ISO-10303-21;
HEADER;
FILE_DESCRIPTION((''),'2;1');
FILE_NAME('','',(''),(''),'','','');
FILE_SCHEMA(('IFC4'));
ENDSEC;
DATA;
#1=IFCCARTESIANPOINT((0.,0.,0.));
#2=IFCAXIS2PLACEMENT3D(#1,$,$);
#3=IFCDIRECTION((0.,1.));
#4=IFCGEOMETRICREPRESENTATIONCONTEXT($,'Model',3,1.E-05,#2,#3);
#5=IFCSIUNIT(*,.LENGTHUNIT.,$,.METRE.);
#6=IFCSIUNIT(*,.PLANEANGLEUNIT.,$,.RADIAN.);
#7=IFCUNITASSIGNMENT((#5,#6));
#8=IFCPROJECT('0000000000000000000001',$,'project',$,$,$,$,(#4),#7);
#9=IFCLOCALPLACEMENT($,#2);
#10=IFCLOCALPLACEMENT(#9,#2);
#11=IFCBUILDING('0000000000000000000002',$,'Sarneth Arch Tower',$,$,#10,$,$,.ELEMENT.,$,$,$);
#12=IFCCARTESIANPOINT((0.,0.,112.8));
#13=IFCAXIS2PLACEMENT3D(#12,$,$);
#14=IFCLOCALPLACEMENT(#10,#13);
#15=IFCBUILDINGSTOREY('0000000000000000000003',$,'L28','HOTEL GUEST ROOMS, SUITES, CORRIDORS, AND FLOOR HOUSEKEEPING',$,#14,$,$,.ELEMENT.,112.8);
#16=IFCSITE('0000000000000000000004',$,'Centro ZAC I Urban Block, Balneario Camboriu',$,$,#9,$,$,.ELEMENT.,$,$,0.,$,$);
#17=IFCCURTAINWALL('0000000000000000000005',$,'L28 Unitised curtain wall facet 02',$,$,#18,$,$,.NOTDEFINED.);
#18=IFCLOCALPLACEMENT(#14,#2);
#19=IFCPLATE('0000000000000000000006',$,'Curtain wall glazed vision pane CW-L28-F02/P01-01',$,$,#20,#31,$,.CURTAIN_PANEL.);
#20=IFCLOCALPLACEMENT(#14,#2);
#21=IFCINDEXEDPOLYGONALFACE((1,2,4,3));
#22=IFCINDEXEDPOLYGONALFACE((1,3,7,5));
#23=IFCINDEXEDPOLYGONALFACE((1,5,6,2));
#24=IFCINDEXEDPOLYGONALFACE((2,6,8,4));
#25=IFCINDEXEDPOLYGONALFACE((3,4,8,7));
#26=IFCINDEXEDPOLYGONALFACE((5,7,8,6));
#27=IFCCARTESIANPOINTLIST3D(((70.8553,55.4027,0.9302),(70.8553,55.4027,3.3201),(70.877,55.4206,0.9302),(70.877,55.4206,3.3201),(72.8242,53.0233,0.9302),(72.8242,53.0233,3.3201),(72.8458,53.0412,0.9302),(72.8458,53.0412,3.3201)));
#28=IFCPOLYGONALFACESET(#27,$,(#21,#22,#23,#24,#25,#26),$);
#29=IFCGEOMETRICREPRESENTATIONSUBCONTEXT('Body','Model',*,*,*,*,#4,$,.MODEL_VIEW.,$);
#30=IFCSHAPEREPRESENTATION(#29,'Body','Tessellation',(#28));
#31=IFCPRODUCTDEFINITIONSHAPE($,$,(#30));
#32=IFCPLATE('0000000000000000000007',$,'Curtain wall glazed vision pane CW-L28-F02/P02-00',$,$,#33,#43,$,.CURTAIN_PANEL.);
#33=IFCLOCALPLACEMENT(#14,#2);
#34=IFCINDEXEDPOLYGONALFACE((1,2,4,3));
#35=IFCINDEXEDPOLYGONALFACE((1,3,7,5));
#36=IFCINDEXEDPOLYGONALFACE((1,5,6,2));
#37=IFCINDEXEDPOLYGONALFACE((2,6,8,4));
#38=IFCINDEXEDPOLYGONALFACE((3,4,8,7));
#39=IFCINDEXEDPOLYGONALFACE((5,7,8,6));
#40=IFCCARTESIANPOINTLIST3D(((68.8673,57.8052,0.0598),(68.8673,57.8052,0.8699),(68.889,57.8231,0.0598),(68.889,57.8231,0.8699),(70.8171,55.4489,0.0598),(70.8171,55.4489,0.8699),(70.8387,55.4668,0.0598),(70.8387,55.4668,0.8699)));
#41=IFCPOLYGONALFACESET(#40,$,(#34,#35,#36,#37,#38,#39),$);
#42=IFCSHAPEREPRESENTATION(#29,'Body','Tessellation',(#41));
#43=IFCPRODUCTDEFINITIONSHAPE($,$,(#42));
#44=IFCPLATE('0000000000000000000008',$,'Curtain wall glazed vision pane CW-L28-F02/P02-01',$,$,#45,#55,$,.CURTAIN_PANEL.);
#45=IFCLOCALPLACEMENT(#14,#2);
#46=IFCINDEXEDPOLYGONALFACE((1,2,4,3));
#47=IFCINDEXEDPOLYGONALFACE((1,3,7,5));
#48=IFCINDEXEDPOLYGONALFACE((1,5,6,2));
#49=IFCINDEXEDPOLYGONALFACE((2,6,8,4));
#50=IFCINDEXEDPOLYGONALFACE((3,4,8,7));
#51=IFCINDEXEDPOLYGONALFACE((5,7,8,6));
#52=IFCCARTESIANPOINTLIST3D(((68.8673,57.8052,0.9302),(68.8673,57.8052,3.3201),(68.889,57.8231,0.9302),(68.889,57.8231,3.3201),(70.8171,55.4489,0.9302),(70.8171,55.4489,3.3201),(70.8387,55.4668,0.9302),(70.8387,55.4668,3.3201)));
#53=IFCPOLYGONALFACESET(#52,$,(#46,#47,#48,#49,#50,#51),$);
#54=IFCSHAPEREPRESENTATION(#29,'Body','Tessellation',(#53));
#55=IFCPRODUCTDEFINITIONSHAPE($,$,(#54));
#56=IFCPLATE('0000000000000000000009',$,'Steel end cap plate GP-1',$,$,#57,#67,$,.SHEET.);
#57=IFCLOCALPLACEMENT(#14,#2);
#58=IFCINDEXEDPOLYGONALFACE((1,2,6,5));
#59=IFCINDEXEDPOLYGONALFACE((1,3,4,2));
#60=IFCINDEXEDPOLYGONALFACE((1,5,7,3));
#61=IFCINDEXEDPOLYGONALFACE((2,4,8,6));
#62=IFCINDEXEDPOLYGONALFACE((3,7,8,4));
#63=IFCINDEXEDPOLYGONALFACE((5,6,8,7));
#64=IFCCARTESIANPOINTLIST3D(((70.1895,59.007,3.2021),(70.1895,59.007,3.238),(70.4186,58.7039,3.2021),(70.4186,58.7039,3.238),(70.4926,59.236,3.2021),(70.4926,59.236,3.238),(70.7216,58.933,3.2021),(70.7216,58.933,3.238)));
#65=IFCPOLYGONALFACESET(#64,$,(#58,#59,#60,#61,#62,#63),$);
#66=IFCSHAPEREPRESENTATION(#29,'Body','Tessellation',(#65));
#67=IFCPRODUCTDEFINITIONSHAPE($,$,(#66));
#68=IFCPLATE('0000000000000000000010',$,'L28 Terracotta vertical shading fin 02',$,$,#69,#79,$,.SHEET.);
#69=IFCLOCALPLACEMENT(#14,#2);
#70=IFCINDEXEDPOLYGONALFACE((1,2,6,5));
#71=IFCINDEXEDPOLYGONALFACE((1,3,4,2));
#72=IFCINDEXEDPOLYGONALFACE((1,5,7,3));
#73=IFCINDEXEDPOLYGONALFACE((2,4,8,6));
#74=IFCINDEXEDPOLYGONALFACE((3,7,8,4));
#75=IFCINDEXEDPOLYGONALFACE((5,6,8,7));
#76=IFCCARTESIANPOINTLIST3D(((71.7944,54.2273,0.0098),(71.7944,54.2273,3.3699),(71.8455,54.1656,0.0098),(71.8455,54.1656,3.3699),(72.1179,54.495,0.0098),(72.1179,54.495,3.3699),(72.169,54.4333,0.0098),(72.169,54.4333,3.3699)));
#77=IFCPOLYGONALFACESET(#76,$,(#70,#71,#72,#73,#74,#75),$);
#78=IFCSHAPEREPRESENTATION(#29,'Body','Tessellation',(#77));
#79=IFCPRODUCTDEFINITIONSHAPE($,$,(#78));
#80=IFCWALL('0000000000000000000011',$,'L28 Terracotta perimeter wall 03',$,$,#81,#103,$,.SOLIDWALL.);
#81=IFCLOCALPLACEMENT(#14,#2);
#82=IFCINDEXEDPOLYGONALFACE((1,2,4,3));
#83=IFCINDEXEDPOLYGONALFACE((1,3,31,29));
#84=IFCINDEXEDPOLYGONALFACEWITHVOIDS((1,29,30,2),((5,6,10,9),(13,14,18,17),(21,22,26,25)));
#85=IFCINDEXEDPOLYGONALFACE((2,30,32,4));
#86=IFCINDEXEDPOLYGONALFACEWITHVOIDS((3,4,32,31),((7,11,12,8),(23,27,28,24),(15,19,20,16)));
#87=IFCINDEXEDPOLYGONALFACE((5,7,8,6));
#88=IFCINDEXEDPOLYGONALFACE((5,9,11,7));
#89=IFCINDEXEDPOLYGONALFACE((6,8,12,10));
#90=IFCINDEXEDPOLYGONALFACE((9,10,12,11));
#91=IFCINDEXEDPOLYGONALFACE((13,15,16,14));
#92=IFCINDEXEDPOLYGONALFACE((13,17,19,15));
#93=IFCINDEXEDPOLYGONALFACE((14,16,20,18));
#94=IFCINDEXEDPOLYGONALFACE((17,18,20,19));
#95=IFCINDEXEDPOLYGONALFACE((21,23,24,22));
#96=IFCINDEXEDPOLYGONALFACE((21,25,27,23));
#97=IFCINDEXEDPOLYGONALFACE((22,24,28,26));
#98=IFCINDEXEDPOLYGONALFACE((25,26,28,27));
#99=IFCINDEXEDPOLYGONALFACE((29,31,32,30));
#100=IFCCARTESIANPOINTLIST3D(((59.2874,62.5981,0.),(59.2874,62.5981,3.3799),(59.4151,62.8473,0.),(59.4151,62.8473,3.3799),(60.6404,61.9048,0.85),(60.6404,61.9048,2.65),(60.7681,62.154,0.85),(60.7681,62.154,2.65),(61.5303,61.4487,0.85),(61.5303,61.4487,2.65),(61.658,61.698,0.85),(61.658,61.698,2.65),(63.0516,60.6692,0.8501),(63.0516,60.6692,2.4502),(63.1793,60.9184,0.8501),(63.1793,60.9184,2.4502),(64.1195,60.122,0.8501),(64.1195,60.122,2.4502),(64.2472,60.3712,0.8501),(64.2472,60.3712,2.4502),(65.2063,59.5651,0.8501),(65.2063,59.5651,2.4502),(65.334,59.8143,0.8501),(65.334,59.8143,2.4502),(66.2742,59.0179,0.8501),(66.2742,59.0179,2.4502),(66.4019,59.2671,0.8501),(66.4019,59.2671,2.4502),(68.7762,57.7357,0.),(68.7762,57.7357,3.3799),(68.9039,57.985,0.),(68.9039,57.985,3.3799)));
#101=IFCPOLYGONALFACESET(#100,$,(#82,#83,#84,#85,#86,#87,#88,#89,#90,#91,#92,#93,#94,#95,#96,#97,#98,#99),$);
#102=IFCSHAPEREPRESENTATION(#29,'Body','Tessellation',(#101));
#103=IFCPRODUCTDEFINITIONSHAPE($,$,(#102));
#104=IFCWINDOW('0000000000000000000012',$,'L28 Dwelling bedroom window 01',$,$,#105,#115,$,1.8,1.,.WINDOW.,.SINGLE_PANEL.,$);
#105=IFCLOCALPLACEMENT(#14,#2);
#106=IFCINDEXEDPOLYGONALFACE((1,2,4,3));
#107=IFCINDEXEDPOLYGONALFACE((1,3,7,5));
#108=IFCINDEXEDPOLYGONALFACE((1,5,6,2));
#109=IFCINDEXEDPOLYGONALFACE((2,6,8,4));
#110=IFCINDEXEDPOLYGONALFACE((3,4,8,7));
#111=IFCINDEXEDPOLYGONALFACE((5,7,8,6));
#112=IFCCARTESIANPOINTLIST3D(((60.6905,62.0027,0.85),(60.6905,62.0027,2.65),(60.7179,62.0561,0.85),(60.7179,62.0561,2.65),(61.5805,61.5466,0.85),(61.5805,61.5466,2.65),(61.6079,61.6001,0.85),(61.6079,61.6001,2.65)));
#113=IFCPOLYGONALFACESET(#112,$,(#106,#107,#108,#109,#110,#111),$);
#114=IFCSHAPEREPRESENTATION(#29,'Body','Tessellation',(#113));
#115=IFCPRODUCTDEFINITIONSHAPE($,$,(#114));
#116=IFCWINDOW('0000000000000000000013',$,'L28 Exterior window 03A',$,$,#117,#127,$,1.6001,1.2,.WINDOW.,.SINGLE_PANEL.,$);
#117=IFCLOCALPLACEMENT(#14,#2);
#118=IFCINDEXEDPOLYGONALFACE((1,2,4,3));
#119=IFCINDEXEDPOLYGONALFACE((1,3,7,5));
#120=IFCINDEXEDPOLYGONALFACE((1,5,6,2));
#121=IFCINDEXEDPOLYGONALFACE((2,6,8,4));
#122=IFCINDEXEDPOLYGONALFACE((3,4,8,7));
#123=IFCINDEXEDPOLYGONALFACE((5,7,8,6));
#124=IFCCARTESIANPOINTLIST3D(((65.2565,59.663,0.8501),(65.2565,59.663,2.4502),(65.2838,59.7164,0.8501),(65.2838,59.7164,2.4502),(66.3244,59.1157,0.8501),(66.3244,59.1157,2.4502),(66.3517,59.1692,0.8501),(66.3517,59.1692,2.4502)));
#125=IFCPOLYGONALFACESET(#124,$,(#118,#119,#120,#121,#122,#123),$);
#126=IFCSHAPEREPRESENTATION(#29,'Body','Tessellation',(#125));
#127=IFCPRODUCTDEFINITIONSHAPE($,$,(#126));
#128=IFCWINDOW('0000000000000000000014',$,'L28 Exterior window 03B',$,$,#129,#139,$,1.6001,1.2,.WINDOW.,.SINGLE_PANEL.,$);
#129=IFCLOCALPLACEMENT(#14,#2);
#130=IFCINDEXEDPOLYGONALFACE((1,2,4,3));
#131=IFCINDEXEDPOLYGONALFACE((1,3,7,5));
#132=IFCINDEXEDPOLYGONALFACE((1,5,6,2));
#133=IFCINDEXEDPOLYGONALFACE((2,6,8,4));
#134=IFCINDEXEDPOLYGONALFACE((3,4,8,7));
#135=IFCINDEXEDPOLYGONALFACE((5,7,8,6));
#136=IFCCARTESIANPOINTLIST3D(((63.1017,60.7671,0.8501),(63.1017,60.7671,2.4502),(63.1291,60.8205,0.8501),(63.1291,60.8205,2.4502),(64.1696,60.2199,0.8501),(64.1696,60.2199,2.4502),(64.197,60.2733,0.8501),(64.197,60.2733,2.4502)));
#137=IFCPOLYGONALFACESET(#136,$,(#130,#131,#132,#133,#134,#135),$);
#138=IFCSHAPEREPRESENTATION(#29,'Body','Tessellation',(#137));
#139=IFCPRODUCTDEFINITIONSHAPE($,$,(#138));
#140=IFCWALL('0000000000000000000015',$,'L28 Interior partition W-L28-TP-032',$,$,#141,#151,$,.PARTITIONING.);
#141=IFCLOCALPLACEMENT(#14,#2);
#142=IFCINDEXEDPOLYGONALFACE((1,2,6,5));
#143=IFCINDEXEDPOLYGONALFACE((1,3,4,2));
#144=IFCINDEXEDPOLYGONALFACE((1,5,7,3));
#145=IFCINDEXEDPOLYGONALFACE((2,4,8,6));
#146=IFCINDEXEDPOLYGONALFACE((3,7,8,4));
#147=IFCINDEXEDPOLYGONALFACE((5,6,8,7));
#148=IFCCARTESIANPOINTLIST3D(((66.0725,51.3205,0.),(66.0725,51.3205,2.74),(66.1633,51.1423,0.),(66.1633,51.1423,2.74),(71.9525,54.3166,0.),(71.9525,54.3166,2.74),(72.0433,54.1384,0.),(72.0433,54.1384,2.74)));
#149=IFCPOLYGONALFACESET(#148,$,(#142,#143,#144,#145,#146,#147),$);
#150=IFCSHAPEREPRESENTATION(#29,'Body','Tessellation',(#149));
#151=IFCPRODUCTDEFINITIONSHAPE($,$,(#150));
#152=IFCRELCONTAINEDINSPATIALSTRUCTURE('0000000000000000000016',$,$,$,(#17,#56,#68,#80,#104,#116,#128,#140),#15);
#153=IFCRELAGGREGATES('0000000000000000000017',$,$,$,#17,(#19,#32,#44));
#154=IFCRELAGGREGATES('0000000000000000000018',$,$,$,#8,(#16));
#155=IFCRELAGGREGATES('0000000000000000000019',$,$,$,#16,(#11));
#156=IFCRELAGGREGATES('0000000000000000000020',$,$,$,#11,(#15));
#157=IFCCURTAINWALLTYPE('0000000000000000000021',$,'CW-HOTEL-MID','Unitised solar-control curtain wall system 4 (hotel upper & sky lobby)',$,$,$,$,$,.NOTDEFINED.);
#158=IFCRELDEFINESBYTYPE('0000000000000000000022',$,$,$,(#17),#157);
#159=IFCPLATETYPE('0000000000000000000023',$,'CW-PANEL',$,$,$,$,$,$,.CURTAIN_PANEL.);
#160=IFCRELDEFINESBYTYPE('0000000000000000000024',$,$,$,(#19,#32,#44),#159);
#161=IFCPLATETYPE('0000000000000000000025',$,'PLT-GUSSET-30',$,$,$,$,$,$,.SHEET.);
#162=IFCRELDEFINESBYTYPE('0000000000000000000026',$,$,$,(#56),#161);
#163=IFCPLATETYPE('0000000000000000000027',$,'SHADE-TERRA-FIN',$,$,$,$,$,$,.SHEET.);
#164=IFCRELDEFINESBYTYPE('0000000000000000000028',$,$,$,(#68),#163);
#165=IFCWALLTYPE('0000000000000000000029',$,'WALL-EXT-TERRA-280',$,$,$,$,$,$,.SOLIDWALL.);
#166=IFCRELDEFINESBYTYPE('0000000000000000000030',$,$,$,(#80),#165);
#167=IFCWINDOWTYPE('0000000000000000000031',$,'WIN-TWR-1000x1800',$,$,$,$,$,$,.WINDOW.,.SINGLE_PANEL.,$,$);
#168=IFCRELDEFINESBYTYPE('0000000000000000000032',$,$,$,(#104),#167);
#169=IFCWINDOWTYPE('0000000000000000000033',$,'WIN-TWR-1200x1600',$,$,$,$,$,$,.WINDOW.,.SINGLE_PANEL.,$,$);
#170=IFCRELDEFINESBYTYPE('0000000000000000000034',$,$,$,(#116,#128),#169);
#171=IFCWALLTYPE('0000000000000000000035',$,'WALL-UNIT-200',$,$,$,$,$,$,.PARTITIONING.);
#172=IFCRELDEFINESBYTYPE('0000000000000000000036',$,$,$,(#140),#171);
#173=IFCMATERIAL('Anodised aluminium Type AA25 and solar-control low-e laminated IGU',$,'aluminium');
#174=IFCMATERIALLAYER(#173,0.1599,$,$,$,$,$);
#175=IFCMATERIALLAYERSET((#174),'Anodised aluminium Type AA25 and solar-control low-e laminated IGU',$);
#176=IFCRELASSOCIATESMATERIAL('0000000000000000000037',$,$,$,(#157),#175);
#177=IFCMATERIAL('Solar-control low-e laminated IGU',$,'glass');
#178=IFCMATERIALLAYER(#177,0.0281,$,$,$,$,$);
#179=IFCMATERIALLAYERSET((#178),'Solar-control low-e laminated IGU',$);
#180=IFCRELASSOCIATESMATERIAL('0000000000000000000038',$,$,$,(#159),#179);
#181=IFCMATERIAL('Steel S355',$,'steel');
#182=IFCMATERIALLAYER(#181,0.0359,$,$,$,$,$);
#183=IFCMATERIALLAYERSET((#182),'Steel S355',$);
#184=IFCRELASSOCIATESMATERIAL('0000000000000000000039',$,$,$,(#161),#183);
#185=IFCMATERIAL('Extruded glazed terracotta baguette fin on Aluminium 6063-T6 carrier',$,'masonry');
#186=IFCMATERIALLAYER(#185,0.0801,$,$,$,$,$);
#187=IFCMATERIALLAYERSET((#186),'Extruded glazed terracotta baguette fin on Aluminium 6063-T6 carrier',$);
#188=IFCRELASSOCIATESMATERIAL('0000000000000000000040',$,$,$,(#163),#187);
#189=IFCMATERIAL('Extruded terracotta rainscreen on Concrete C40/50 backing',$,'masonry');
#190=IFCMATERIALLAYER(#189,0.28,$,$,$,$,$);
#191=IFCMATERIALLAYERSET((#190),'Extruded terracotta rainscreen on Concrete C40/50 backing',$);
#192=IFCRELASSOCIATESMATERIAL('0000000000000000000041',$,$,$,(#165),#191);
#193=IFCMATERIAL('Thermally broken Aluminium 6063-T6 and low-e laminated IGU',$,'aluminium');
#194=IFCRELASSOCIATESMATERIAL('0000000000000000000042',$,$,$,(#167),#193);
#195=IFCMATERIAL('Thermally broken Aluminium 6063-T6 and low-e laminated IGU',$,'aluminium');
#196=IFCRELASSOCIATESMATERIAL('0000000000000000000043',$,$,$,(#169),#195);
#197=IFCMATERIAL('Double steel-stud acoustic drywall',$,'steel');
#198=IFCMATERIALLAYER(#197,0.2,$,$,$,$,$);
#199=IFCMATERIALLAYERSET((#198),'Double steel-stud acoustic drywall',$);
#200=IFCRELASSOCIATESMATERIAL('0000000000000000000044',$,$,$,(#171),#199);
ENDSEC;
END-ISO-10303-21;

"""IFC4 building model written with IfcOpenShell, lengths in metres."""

from ifc_helpers import new_model, si_unit, direction, frame, frame_2d, origin, origin_2d, place, context, subcontext, project, spatial, rectangle, extrude, material, layer, layer_set, type_object, element, fill, aggregate, save


model = new_model("IFC4")

# Units and contexts
model_context = context("Model", 3, precision=1e-05, world=origin(), true_north=direction((0.0, 1.0)))
body_context = subcontext(model_context, "Body", "Model", "MODEL_VIEW")
ifc_project = project(units=[si_unit("LENGTHUNIT", "METRE"), si_unit("PLANEANGLEUNIT", "RADIAN")], contexts=[model_context])

# Site, building, storey
site_placement = place(None, origin())
site = spatial("IfcSite", under=ifc_project, at=site_placement, Name="Centro ZAC I Urban Block, Balneario Camboriu", CompositionType="ELEMENT", RefElevation=0.0)
building_placement = place(site_placement, origin())
building = spatial("IfcBuilding", under=site, at=building_placement, Name="Sarneth Arch Tower", CompositionType="ELEMENT")
storey_placement = place(building_placement, frame((0.0, 0.0, 112.8)))
storey = spatial("IfcBuildingStorey", under=building, at=storey_placement, Name="L28", Description="HOTEL GUEST ROOMS, SUITES, CORRIDORS, AND FLOOR HOUSEKEEPING", CompositionType="ELEMENT", Elevation=112.8)

# Curtain wall
ifc_material_1 = material(Name="Anodised aluminium Type AA25 and solar-control low-e laminated IGU", Category="aluminium")
ifc_layer_1 = layer(ifc_material_1, 0.1599)
ifc_layer_set_1 = layer_set([ifc_layer_1], Name="Anodised aluminium Type AA25 and solar-control low-e laminated IGU")
curtain_wall_type = type_object("IfcCurtainWallType", Name="CW-HOTEL-MID", Description="Unitised solar-control curtain wall system 4 (hotel upper & sky lobby)", PredefinedType="NOTDEFINED", material=ifc_layer_set_1)
curtain_wall_placement = place(storey_placement, origin())
curtain_wall = element("IfcCurtainWall", 1, at=curtain_wall_placement, inside=storey, type_object=curtain_wall_type, Name="L28 Unitised curtain wall facet 02", PredefinedType="NOTDEFINED")

# Plates
ifc_material_2 = material(Name="Solar-control low-e laminated IGU", Category="glass")
ifc_layer_2 = layer(ifc_material_2, 0.0281)
ifc_layer_set_2 = layer_set([ifc_layer_2], Name="Solar-control low-e laminated IGU")
plate_type_1 = type_object("IfcPlateType", Name="CW-PANEL", PredefinedType="CURTAIN_PANEL", material=ifc_layer_set_2)
plate_1_placement = place(storey_placement, frame((71.8506, 54.2219, 0.9302), z_axis=(0.0, 0.0, 1.0), x_axis=(-0.637515, 0.770438, 0.0)))
plate_1 = element("IfcPlate", 2, at=plate_1_placement, type_object=plate_type_1, Name="Curtain wall glazed vision pane CW-L28-F02/P01-01", PredefinedType="CURTAIN_PANEL", context=body_context, shape_type="SweptSolid", body=[
    extrude(rectangle(XDim=3.0884, YDim=0.0281, at=origin_2d()), origin(), (0.0, 0.0, 1.0), 2.3899),
])
plate_2_placement = place(storey_placement, frame((69.853, 56.636, 0.0598), z_axis=(0.0, 0.0, 1.0), x_axis=(-0.637515, 0.770438, 0.0)))
plate_2 = element("IfcPlate", 3, at=plate_2_placement, type_object=plate_type_1, Name="Curtain wall glazed vision pane CW-L28-F02/P02-00", PredefinedType="CURTAIN_PANEL", context=body_context, shape_type="SweptSolid", body=[
    extrude(rectangle(XDim=3.0583, YDim=0.0281, at=origin_2d()), origin(), (0.0, 0.0, 1.0), 0.8101),
])
plate_3_placement = place(storey_placement, frame((69.853, 56.636, 0.9302), z_axis=(0.0, 0.0, 1.0), x_axis=(-0.637515, 0.770438, 0.0)))
plate_3 = element("IfcPlate", 4, at=plate_3_placement, type_object=plate_type_1, Name="Curtain wall glazed vision pane CW-L28-F02/P02-01", PredefinedType="CURTAIN_PANEL", context=body_context, shape_type="SweptSolid", body=[
    extrude(rectangle(XDim=3.0583, YDim=0.0281, at=origin_2d()), origin(), (0.0, 0.0, 1.0), 2.3899),
])
aggregate(curtain_wall, [plate_1, plate_2, plate_3])

# Plates
ifc_material_3 = material(Name="Steel S355", Category="steel")
ifc_layer_3 = layer(ifc_material_3, 0.0359)
ifc_layer_set_3 = layer_set([ifc_layer_3], Name="Steel S355")
plate_type_2 = type_object("IfcPlateType", Name="PLT-GUSSET-30", PredefinedType="SHEET", material=ifc_layer_set_3)
plate_4_placement = place(storey_placement, frame((70.4556, 58.97, 3.2021), z_axis=(0.0, 0.0, 1.0), x_axis=(0.797794, 0.60293, 0.0)))
element("IfcPlate", 5, at=plate_4_placement, inside=storey, type_object=plate_type_2, Name="Steel end cap plate GP-1", PredefinedType="SHEET", context=body_context, shape_type="SweptSolid", body=[
    extrude(rectangle(XDim=0.3799, YDim=0.3799, at=origin_2d()), origin(), (0.0, 0.0, 1.0), 0.0359),
])
ifc_material_4 = material(Name="Extruded glazed terracotta baguette fin on Aluminium 6063-T6 carrier", Category="masonry")
ifc_layer_4 = layer(ifc_material_4, 0.0801)
ifc_layer_set_4 = layer_set([ifc_layer_4], Name="Extruded glazed terracotta baguette fin on Aluminium 6063-T6 carrier")
plate_type_3 = type_object("IfcPlateType", Name="SHADE-TERRA-FIN", PredefinedType="SHEET", material=ifc_layer_set_4)
plate_5_placement = place(storey_placement, frame((71.9817, 54.3303, 0.0098), z_axis=(0.0, 0.0, 1.0), x_axis=(0.770402, 0.637558, 0.0)))
element("IfcPlate", 6, at=plate_5_placement, inside=storey, type_object=plate_type_3, Name="L28 Terracotta vertical shading fin 02", PredefinedType="SHEET", context=body_context, shape_type="SweptSolid", body=[
    extrude(rectangle(XDim=0.4199, YDim=0.0801, at=origin_2d()), origin(), (0.0, 0.0, 1.0), 3.3601),
])

# Wall, openings, windows
ifc_material_5 = material(Name="Extruded terracotta rainscreen on Concrete C40/50 backing", Category="masonry")
ifc_layer_5 = layer(ifc_material_5, 0.28)
ifc_layer_set_5 = layer_set([ifc_layer_5], Name="Extruded terracotta rainscreen on Concrete C40/50 backing")
wall_type_1 = type_object("IfcWallType", Name="WALL-EXT-TERRA-280", PredefinedType="SOLIDWALL", material=ifc_layer_set_5)
wall_1_placement = place(storey_placement, frame((68.8401, 57.8604, 0.0), z_axis=(0.0, 0.0, 1.0), x_axis=(-0.88996, 0.45604, 0.0)))
wall_1 = element("IfcWall", 7, at=wall_1_placement, inside=storey, type_object=wall_type_1, Name="L28 Terracotta perimeter wall 03", PredefinedType="SOLIDWALL", context=body_context, shape_type="SweptSolid", body=[
    extrude(rectangle(XDim=10.6621, YDim=0.28, at=frame_2d((5.3311, 0.0))), origin(), (0.0, 0.0, 1.0), 3.3799),
])
opening_1_placement = place(wall_1_placement, frame((2.8113, 0.0, 0.8501)))
opening_1 = element("IfcOpeningElement", 8, at=opening_1_placement, cuts=wall_1, PredefinedType="OPENING", context=body_context, shape_type="SweptSolid", body=[
    extrude(rectangle(XDim=1.2, YDim=1.6001, at=frame_2d((0.6001, 0.8))), frame((0.0, 0.1499, 0.0), z_axis=(0.0, -1.0, 0.0), x_axis=(1.0, 0.0, 0.0)), (0.0, 0.0, 1.0), 0.3),
])
opening_2_placement = place(wall_1_placement, frame((5.2324, 0.0, 0.8501)))
opening_2 = element("IfcOpeningElement", 9, at=opening_2_placement, cuts=wall_1, PredefinedType="OPENING", context=body_context, shape_type="SweptSolid", body=[
    extrude(rectangle(XDim=1.2, YDim=1.6001, at=frame_2d((0.6001, 0.8))), frame((0.0, 0.1499, 0.0), z_axis=(0.0, -1.0, 0.0), x_axis=(1.0, 0.0, 0.0)), (0.0, 0.0, 1.0), 0.3),
])
opening_3_placement = place(wall_1_placement, frame((8.1418, 0.0, 0.8501)))
opening_3 = element("IfcOpeningElement", 10, at=opening_3_placement, cuts=wall_1, PredefinedType="OPENING", context=body_context, shape_type="SweptSolid", body=[
    extrude(rectangle(XDim=1.0, YDim=1.8, at=frame_2d((0.5, 0.8999))), frame((0.0, 0.1499, 0.0), z_axis=(0.0, -1.0, 0.0), x_axis=(1.0, 0.0, 0.0)), (0.0, 0.0, 1.0), 0.3),
])
ifc_material_6 = material(Name="Thermally broken Aluminium 6063-T6 and low-e laminated IGU", Category="aluminium")
window_type_1 = type_object("IfcWindowType", Name="WIN-TWR-1000x1800", PartitioningType="SINGLE_PANEL", PredefinedType="WINDOW", material=ifc_material_6)
window_1_placement = place(opening_3_placement, origin())
window_1 = element("IfcWindow", 11, at=window_1_placement, inside=storey, type_object=window_type_1, Name="L28 Dwelling bedroom window 01", OverallHeight=1.8, OverallWidth=1.0, PartitioningType="SINGLE_PANEL", PredefinedType="WINDOW", context=body_context, shape_type="SweptSolid", body=[
    extrude(rectangle(XDim=1.0, YDim=1.8, at=frame_2d((0.5, 0.8999))), frame((0.0, 0.03, 0.0), z_axis=(0.0, -1.0, 0.0), x_axis=(1.0, 0.0, 0.0)), (0.0, 0.0, 1.0), 0.0601),
])
fill(opening_3, window_1)
ifc_material_7 = material(Name="Thermally broken Aluminium 6063-T6 and low-e laminated IGU", Category="aluminium")
window_type_2 = type_object("IfcWindowType", Name="WIN-TWR-1200x1600", PartitioningType="SINGLE_PANEL", PredefinedType="WINDOW", material=ifc_material_7)
window_2_placement = place(opening_1_placement, origin())
window_2 = element("IfcWindow", 12, at=window_2_placement, inside=storey, type_object=window_type_2, Name="L28 Exterior window 03A", OverallHeight=1.6001, OverallWidth=1.2, PartitioningType="SINGLE_PANEL", PredefinedType="WINDOW", context=body_context, shape_type="SweptSolid", body=[
    extrude(rectangle(XDim=1.2, YDim=1.6001, at=frame_2d((0.6001, 0.8))), frame((0.0, 0.03, 0.0), z_axis=(0.0, -1.0, 0.0), x_axis=(1.0, 0.0, 0.0)), (0.0, 0.0, 1.0), 0.0601),
])
fill(opening_1, window_2)
window_3_placement = place(opening_2_placement, origin())
window_3 = element("IfcWindow", 13, at=window_3_placement, inside=storey, type_object=window_type_2, Name="L28 Exterior window 03B", OverallHeight=1.6001, OverallWidth=1.2, PartitioningType="SINGLE_PANEL", PredefinedType="WINDOW", context=body_context, shape_type="SweptSolid", body=[
    extrude(rectangle(XDim=1.2, YDim=1.6001, at=frame_2d((0.6001, 0.8))), frame((0.0, 0.03, 0.0), z_axis=(0.0, -1.0, 0.0), x_axis=(1.0, 0.0, 0.0)), (0.0, 0.0, 1.0), 0.0601),
])
fill(opening_2, window_3)

# Wall
ifc_material_8 = material(Name="Double steel-stud acoustic drywall", Category="steel")
ifc_layer_6 = layer(ifc_material_8, 0.2)
ifc_layer_set_6 = layer_set([ifc_layer_6], Name="Double steel-stud acoustic drywall")
wall_type_2 = type_object("IfcWallType", Name="WALL-UNIT-200", PredefinedType="PARTITIONING", material=ifc_layer_set_6)
wall_2_placement = place(storey_placement, frame((71.998, 54.2275, 0.0), z_axis=(0.0, 0.0, 1.0), x_axis=(-0.891005, -0.453993, 0.0)))
element("IfcWall", 14, at=wall_2_placement, inside=storey, type_object=wall_type_2, Name="L28 Interior partition W-L28-TP-032", PredefinedType="PARTITIONING", context=body_context, shape_type="SweptSolid", body=[
    extrude(rectangle(XDim=6.5994, YDim=0.2, at=frame_2d((3.2998, 0.0))), origin(), (0.0, 0.0, 1.0), 2.74),
])

save(model, "model.ifc")
